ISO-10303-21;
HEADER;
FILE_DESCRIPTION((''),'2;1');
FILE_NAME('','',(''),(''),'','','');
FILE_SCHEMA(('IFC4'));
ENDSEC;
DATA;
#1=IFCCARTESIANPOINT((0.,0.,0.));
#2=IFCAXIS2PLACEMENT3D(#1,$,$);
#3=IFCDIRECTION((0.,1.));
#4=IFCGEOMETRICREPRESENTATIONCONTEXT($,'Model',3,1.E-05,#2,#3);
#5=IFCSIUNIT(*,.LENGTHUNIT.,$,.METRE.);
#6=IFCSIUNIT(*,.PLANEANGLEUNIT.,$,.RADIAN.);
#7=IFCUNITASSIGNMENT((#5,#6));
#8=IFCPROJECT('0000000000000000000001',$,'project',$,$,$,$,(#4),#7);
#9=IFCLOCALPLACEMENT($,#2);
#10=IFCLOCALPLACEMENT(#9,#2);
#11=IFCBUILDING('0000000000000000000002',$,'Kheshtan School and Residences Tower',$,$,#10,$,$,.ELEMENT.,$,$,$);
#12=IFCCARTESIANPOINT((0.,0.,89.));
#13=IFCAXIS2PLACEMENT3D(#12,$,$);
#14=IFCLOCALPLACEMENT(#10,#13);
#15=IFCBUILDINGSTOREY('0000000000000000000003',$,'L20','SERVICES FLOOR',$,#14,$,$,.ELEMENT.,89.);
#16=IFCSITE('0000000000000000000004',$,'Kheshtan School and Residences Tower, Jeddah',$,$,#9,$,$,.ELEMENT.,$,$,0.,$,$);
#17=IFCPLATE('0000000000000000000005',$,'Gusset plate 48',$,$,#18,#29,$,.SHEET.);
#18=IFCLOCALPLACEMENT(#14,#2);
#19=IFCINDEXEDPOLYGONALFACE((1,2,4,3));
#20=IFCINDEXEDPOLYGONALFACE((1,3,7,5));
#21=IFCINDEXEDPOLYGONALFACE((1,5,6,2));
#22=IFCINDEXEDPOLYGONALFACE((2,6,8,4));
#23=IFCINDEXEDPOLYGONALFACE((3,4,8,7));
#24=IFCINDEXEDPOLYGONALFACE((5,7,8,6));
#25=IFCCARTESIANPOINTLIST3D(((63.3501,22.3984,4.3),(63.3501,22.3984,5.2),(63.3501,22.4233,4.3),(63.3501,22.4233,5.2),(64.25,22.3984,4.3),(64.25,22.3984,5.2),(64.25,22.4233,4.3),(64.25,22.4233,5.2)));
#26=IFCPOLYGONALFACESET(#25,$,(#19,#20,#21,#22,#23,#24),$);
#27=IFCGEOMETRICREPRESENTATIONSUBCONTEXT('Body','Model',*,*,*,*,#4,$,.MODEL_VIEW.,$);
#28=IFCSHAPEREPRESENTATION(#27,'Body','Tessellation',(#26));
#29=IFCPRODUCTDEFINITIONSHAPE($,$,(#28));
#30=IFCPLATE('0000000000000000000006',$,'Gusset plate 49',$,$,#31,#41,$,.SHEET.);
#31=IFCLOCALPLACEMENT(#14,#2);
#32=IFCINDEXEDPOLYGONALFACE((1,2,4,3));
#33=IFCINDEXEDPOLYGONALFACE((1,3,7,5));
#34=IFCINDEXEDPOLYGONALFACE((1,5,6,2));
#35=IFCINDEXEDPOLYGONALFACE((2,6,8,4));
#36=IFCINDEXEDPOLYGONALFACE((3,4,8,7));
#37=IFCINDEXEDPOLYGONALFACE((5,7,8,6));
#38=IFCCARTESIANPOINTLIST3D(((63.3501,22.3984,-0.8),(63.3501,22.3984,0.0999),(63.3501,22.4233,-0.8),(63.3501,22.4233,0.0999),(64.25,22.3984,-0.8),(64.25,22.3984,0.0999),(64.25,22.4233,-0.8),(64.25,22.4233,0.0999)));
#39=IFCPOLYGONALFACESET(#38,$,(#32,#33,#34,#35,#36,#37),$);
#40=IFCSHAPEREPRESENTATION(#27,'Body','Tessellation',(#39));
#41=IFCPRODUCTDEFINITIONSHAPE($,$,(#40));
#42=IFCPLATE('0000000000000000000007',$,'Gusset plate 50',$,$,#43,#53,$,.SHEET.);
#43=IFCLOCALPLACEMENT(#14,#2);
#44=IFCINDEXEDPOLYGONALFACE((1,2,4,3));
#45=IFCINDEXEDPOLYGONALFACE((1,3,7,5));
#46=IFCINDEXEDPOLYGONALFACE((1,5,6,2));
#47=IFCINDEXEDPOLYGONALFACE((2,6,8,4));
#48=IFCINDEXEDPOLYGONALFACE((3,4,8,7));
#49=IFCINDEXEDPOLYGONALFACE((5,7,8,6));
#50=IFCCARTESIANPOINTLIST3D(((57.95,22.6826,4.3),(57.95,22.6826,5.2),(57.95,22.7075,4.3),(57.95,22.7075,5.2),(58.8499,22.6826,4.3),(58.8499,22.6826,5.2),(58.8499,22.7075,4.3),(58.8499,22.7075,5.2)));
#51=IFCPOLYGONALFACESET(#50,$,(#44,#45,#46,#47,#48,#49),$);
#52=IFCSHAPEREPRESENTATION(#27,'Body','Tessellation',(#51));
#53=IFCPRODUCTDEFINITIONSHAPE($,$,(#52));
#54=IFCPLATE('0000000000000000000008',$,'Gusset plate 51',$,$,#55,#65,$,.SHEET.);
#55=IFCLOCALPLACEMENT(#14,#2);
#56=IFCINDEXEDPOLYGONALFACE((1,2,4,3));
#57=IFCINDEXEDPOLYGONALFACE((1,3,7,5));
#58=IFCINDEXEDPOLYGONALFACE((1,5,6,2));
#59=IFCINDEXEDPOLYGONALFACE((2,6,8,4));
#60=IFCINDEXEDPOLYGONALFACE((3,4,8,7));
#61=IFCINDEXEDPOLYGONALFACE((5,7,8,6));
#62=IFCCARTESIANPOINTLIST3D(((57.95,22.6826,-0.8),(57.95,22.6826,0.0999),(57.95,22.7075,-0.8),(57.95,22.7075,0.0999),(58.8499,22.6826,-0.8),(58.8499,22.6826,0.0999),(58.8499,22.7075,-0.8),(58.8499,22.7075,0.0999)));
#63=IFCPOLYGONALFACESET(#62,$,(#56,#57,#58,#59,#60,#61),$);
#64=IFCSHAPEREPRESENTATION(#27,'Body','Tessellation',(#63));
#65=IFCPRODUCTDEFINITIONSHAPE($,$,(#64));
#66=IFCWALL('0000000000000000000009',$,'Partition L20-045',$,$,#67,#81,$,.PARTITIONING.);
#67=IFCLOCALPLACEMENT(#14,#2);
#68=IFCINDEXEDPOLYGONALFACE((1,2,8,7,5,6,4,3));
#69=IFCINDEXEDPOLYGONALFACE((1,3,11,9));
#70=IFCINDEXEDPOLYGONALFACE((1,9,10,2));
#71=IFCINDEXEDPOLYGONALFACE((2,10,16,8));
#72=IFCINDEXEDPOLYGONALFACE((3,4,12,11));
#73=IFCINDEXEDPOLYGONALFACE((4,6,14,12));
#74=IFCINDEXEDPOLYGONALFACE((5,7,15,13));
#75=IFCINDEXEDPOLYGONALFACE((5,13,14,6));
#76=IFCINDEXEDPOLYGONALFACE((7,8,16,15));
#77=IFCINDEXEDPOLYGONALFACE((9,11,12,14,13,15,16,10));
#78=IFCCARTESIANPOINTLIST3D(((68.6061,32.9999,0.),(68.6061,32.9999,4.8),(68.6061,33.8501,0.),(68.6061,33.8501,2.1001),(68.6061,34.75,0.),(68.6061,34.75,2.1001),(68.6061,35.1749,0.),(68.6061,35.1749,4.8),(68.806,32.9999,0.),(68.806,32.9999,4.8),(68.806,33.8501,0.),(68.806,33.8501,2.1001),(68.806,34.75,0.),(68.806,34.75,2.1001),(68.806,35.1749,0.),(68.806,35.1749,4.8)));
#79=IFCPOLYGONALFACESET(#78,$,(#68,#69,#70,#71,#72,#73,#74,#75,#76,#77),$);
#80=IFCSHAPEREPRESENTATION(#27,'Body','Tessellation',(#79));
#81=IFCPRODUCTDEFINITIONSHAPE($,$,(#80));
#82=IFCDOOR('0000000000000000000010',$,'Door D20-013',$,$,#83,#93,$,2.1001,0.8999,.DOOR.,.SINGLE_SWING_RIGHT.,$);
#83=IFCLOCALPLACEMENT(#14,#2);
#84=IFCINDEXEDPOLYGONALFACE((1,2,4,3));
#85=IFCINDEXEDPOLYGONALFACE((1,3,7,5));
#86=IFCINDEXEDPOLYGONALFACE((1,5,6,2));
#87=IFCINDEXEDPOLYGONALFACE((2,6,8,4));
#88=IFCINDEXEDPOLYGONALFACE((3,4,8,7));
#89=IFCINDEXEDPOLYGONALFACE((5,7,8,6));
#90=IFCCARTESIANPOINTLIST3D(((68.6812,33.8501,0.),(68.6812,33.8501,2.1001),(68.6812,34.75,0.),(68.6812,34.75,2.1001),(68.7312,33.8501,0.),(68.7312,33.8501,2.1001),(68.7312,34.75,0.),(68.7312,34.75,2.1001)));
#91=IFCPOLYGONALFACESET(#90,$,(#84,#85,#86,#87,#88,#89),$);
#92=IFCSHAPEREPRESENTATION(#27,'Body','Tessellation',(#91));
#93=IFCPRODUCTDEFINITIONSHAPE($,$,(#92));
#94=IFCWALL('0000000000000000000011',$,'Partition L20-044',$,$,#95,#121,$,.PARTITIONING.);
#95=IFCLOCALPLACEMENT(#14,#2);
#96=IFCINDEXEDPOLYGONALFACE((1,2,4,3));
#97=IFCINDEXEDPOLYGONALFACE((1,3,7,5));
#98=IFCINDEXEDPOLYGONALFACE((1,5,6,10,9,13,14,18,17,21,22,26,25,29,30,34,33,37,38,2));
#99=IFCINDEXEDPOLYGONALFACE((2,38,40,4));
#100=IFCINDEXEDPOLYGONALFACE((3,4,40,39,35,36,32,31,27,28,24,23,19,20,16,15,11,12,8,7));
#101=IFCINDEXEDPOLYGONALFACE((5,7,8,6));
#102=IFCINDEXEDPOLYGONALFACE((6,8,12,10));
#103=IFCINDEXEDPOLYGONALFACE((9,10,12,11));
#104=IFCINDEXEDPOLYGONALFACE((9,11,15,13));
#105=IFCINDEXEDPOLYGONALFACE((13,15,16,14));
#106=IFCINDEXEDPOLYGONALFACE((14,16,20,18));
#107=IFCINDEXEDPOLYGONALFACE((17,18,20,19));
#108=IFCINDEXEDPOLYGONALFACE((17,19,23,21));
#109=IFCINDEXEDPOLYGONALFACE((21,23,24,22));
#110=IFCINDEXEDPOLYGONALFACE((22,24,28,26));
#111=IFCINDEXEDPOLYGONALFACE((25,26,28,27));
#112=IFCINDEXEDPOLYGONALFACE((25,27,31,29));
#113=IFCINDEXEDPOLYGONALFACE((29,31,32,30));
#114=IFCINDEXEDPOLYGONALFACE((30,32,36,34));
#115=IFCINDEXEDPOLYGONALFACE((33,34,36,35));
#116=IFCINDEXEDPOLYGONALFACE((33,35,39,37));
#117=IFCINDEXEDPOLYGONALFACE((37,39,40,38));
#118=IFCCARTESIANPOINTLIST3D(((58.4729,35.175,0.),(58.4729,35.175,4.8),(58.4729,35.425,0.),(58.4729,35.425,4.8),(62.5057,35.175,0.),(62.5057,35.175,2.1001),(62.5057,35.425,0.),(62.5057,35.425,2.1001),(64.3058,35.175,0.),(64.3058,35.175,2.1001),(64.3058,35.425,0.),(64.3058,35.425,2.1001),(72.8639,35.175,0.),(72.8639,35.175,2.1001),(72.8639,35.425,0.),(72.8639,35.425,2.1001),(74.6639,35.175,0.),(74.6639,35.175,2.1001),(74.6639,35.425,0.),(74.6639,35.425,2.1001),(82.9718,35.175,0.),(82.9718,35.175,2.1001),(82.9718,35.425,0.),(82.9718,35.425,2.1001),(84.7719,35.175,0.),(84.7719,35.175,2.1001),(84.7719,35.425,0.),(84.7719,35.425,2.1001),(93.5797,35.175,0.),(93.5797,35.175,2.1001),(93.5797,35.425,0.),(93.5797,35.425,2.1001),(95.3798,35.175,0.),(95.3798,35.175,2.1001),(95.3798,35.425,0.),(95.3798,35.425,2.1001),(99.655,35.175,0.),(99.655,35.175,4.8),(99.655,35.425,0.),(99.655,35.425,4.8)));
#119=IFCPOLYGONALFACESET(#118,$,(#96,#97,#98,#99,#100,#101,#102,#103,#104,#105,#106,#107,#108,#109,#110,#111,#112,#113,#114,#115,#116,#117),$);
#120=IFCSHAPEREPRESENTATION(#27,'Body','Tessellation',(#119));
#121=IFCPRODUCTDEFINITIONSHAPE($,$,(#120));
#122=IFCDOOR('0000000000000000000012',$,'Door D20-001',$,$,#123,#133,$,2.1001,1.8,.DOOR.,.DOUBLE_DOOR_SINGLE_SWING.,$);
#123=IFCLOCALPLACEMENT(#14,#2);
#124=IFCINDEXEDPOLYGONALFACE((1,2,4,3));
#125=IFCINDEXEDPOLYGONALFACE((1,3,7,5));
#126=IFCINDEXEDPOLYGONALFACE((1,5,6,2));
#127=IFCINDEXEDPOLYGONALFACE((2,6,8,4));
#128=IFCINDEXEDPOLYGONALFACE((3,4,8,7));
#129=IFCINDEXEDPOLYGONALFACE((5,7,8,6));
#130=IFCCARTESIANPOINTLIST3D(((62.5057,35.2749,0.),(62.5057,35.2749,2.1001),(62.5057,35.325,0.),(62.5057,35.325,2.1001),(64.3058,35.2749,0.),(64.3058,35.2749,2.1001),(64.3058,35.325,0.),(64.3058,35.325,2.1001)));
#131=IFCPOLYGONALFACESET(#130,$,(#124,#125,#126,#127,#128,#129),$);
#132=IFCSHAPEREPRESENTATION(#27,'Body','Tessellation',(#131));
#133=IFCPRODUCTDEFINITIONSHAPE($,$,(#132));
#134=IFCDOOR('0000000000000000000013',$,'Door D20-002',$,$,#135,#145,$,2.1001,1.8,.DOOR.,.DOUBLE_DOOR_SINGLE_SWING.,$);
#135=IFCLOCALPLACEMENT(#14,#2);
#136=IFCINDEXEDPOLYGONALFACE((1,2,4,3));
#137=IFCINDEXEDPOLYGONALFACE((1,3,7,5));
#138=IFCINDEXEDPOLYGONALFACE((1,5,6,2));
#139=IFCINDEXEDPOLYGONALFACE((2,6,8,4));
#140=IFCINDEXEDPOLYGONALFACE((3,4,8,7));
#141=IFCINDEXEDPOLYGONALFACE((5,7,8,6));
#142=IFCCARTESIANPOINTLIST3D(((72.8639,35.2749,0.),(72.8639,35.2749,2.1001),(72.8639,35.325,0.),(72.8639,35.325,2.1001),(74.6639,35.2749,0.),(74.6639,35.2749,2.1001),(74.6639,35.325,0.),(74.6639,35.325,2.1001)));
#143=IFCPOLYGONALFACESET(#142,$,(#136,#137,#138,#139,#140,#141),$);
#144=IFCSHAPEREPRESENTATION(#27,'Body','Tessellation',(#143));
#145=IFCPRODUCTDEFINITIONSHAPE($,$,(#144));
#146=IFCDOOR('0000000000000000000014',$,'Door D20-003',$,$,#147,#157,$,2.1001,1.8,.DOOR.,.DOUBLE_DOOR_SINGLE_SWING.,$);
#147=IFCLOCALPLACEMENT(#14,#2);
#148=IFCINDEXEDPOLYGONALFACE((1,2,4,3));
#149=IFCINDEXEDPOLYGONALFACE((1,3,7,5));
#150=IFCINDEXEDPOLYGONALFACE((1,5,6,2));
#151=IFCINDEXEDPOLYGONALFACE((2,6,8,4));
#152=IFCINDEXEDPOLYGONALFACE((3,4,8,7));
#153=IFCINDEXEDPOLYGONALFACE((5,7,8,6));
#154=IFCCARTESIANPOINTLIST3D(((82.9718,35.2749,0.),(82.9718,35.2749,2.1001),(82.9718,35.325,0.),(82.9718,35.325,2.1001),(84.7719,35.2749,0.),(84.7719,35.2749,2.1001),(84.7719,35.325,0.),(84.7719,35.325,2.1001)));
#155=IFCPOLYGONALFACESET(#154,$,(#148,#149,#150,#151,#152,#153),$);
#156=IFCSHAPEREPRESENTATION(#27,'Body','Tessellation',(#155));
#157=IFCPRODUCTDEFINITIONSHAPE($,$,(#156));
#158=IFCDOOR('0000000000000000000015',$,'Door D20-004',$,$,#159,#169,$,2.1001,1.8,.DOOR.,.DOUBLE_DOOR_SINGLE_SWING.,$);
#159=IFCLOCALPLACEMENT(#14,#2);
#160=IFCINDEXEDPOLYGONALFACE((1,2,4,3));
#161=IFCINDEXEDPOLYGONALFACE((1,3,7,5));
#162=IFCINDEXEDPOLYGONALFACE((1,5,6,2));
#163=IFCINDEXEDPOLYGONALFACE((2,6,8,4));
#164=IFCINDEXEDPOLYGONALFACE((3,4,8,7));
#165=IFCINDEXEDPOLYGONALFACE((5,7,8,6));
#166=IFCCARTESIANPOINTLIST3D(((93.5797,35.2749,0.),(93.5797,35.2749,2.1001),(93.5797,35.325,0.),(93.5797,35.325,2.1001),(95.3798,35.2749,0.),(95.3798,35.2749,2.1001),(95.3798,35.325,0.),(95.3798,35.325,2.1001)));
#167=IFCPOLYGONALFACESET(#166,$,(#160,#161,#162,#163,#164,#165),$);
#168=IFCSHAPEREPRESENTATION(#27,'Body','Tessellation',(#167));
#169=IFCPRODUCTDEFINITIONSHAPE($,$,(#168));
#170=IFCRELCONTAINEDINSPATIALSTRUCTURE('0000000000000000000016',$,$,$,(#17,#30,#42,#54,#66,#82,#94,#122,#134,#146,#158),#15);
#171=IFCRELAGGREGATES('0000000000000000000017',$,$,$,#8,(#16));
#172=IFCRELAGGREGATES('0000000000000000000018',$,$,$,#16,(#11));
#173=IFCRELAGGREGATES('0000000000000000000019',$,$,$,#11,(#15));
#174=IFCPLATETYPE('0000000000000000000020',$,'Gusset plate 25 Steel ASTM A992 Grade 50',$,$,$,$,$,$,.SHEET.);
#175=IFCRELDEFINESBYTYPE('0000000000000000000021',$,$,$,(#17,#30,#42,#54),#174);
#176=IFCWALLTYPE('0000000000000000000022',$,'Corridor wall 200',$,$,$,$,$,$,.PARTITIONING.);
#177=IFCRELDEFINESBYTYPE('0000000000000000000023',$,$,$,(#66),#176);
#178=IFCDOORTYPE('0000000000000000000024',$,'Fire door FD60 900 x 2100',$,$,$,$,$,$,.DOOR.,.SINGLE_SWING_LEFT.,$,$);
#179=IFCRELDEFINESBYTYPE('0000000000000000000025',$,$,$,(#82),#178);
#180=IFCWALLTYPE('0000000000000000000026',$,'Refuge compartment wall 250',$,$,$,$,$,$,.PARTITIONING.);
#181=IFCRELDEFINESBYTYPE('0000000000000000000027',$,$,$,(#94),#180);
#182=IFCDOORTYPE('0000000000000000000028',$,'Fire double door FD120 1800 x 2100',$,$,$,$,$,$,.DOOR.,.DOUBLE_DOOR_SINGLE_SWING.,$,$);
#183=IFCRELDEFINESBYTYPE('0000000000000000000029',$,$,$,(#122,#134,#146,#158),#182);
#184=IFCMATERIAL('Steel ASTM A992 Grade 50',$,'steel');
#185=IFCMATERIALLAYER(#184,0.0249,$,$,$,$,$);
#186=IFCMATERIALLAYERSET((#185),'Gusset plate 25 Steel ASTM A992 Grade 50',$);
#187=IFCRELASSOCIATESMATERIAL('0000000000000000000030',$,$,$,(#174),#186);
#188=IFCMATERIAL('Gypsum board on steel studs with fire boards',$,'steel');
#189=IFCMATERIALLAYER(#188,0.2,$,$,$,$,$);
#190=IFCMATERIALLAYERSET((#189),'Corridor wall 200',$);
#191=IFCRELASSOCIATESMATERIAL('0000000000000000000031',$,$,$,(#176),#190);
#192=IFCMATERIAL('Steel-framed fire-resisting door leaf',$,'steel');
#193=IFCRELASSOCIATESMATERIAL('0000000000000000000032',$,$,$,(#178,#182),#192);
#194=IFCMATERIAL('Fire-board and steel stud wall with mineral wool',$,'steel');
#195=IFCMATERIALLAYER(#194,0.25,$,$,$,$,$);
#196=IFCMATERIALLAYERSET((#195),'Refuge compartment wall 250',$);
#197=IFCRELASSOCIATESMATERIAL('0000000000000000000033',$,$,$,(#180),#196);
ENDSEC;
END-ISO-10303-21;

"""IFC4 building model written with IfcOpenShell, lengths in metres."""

from ifc_helpers import new_model, si_unit, direction, frame, frame_2d, origin, origin_2d, place, context, subcontext, project, spatial, rectangle, extrude, source, transform, mapped, material, layer, layer_set, type_object, element, fill, save


model = new_model("IFC4")

# Units and contexts
model_context = context("Model", 3, precision=1e-05, world=origin(), true_north=direction((0.0, 1.0)))
body_context = subcontext(model_context, "Body", "Model", "MODEL_VIEW")
ifc_project = project(units=[si_unit("LENGTHUNIT", "METRE"), si_unit("PLANEANGLEUNIT", "RADIAN")], contexts=[model_context])

# Site, building, storey
site_placement = place(None, origin())
site = spatial("IfcSite", under=ifc_project, at=site_placement, Name="Kheshtan School and Residences Tower, Jeddah", CompositionType="ELEMENT", RefElevation=0.0)
building_placement = place(site_placement, origin())
building = spatial("IfcBuilding", under=site, at=building_placement, Name="Kheshtan School and Residences Tower", CompositionType="ELEMENT")
storey_placement = place(building_placement, frame((0.0, 0.0, 89.0)))
storey = spatial("IfcBuildingStorey", under=building, at=storey_placement, Name="L20", Description="SERVICES FLOOR", CompositionType="ELEMENT", Elevation=89.0)

# Shared definitions
ifc_material_1 = material(Name="Steel ASTM A992 Grade 50", Category="steel")

# Plates
ifc_layer_1 = layer(ifc_material_1, 0.0249)
ifc_layer_set_1 = layer_set([ifc_layer_1], Name="Gusset plate 25 Steel ASTM A992 Grade 50")
plate_type = type_object("IfcPlateType", Name="Gusset plate 25 Steel ASTM A992 Grade 50", PredefinedType="SHEET", material=ifc_layer_set_1)
for number, where, z_axis, x_axis, name in (
    (1, (63.8, 22.4109, 4.3), (0.0, 0.0, 1.0), (1.0, 0.0, 0.0), "Gusset plate 48"),
    (2, (63.8, 22.4109, -0.8), (0.0, 0.0, 1.0), (1.0, 0.0, 0.0), "Gusset plate 49"),
    (3, (58.3999, 22.6951, 4.3), (0.0, 0.0, 1.0), (1.0, 0.0, 0.0), "Gusset plate 50"),
    (4, (58.3999, 22.6951, -0.8), (0.0, 0.0, 1.0), (1.0, 0.0, 0.0), "Gusset plate 51"),
):
    element("IfcPlate", number, at=place(storey_placement, frame(where, z_axis=z_axis, x_axis=x_axis)), inside=storey, type_object=plate_type, Name=name, PredefinedType="SHEET", context=body_context, shape_type="SweptSolid", body=[
        extrude(rectangle(XDim=0.8999, YDim=0.0249, at=origin_2d()), origin(), (0.0, 0.0, 1.0), 0.8999),
    ])

# Wall, opening, door
ifc_material_2 = material(Name="Gypsum board on steel studs with fire boards", Category="steel")
ifc_layer_2 = layer(ifc_material_2, 0.2)
ifc_layer_set_2 = layer_set([ifc_layer_2], Name="Corridor wall 200")
wall_type_1 = type_object("IfcWallType", Name="Corridor wall 200", PredefinedType="PARTITIONING", material=ifc_layer_set_2)
wall_1_placement = place(storey_placement, frame((68.7061, 33.0, 0.0), z_axis=(0.0, 0.0, 1.0), x_axis=(0.0, 1.0, 0.0)))
wall_1 = element("IfcWall", 5, at=wall_1_placement, inside=storey, type_object=wall_type_1, Name="Partition L20-045", PredefinedType="PARTITIONING", context=body_context, shape_type="SweptSolid", body=[
    extrude(rectangle(XDim=2.175, YDim=0.2, at=frame_2d((1.0874, 0.0))), origin(), (0.0, 0.0, 1.0), 4.8),
])
opening_1_placement = place(wall_1_placement, frame((0.8501, 0.0, 0.0)))
opening_1 = element("IfcOpeningElement", 6, at=opening_1_placement, cuts=wall_1, PredefinedType="OPENING", context=body_context, shape_type="SweptSolid", body=[
    extrude(rectangle(XDim=0.8999, YDim=2.1001, at=frame_2d((0.45, 1.05))), frame((0.0, 0.1099, 0.0), z_axis=(0.0, -1.0, 0.0), x_axis=(1.0, 0.0, 0.0)), (0.0, 0.0, 1.0), 0.22),
])
ifc_material_3 = material(Name="Steel-framed fire-resisting door leaf", Category="steel")
door_type_1 = type_object("IfcDoorType", Name="Fire door FD60 900 x 2100", OperationType="SINGLE_SWING_LEFT", PredefinedType="DOOR", material=ifc_material_3)
shared_shape_1 = source(origin(), body_context, "Body", "SweptSolid", [
    extrude(rectangle(XDim=0.8999, YDim=2.1001, at=frame_2d((0.45, 1.05))), frame((0.0, 0.0249, 0.0), z_axis=(0.0, -1.0, 0.0), x_axis=(1.0, 0.0, 0.0)), (0.0, 0.0, 1.0), 0.05),
])
door_1_placement = place(opening_1_placement, origin())
door_1 = element("IfcDoor", 7, at=door_1_placement, inside=storey, type_object=door_type_1, Name="Door D20-013", OperationType="SINGLE_SWING_RIGHT", OverallHeight=2.1001, OverallWidth=0.8999, PredefinedType="DOOR", context=body_context, shape_type="MappedRepresentation", body=[
    mapped(shared_shape_1, transform((0.0, 0.0, 0.0), x_axis=(1.0, 0.0, 0.0), y_axis=(0.0, 1.0, 0.0), z_axis=(0.0, 0.0, 1.0), scale=1.0)),
])
fill(opening_1, door_1)

# Wall, openings, doors
ifc_material_4 = material(Name="Fire-board and steel stud wall with mineral wool", Category="steel")
ifc_layer_3 = layer(ifc_material_4, 0.25)
ifc_layer_set_3 = layer_set([ifc_layer_3], Name="Refuge compartment wall 250")
wall_type_2 = type_object("IfcWallType", Name="Refuge compartment wall 250", PredefinedType="PARTITIONING", material=ifc_layer_set_3)
wall_2_placement = place(storey_placement, frame((58.4729, 35.3, 0.0), z_axis=(0.0, 0.0, 1.0), x_axis=(1.0, 0.0, 0.0)))
wall_2 = element("IfcWall", 8, at=wall_2_placement, inside=storey, type_object=wall_type_2, Name="Partition L20-044", PredefinedType="PARTITIONING", context=body_context, shape_type="SweptSolid", body=[
    extrude(rectangle(XDim=41.1821, YDim=0.25, at=frame_2d((20.5911, 0.0))), origin(), (0.0, 0.0, 1.0), 4.8),
])
opening_2_placement = place(wall_2_placement, frame((4.033, 0.0, 0.0)))
opening_2 = element("IfcOpeningElement", 9, at=opening_2_placement, cuts=wall_2, PredefinedType="OPENING", context=body_context, shape_type="SweptSolid", body=[
    extrude(rectangle(XDim=1.8, YDim=2.1001, at=frame_2d((0.8999, 1.05))), frame((0.0, 0.135, 0.0), z_axis=(0.0, -1.0, 0.0), x_axis=(1.0, 0.0, 0.0)), (0.0, 0.0, 1.0), 0.27),
])
opening_3_placement = place(wall_2_placement, frame((14.3911, 0.0, 0.0)))
opening_3 = element("IfcOpeningElement", 10, at=opening_3_placement, cuts=wall_2, PredefinedType="OPENING", context=body_context, shape_type="SweptSolid", body=[
    extrude(rectangle(XDim=1.8, YDim=2.1001, at=frame_2d((0.8999, 1.05))), frame((0.0, 0.135, 0.0), z_axis=(0.0, -1.0, 0.0), x_axis=(1.0, 0.0, 0.0)), (0.0, 0.0, 1.0), 0.27),
])
opening_4_placement = place(wall_2_placement, frame((24.499, 0.0, 0.0)))
opening_4 = element("IfcOpeningElement", 11, at=opening_4_placement, cuts=wall_2, PredefinedType="OPENING", context=body_context, shape_type="SweptSolid", body=[
    extrude(rectangle(XDim=1.8, YDim=2.1001, at=frame_2d((0.8999, 1.05))), frame((0.0, 0.135, 0.0), z_axis=(0.0, -1.0, 0.0), x_axis=(1.0, 0.0, 0.0)), (0.0, 0.0, 1.0), 0.27),
])
opening_5_placement = place(wall_2_placement, frame((35.1069, 0.0, 0.0)))
opening_5 = element("IfcOpeningElement", 12, at=opening_5_placement, cuts=wall_2, PredefinedType="OPENING", context=body_context, shape_type="SweptSolid", body=[
    extrude(rectangle(XDim=1.8, YDim=2.1001, at=frame_2d((0.8999, 1.05))), frame((0.0, 0.135, 0.0), z_axis=(0.0, -1.0, 0.0), x_axis=(1.0, 0.0, 0.0)), (0.0, 0.0, 1.0), 0.27),
])
door_type_2 = type_object("IfcDoorType", Name="Fire double door FD120 1800 x 2100", OperationType="DOUBLE_DOOR_SINGLE_SWING", PredefinedType="DOOR", material=ifc_material_3)
shared_shape_2 = source(origin(), body_context, "Body", "SweptSolid", [
    extrude(rectangle(XDim=1.8, YDim=2.1001, at=frame_2d((0.8999, 1.05))), frame((0.0, 0.0249, 0.0), z_axis=(0.0, -1.0, 0.0), x_axis=(1.0, 0.0, 0.0)), (0.0, 0.0, 1.0), 0.05),
])
door_2_placement = place(opening_2_placement, origin())
door_2 = element("IfcDoor", 13, at=door_2_placement, inside=storey, type_object=door_type_2, Name="Door D20-001", OperationType="DOUBLE_DOOR_SINGLE_SWING", OverallHeight=2.1001, OverallWidth=1.8, PredefinedType="DOOR", context=body_context, shape_type="MappedRepresentation", body=[
    mapped(shared_shape_2, transform((0.0, 0.0, 0.0), x_axis=(1.0, 0.0, 0.0), y_axis=(0.0, 1.0, 0.0), z_axis=(0.0, 0.0, 1.0), scale=1.0)),
])
fill(opening_2, door_2)
door_3_placement = place(opening_3_placement, origin())
door_3 = element("IfcDoor", 14, at=door_3_placement, inside=storey, type_object=door_type_2, Name="Door D20-002", OperationType="DOUBLE_DOOR_SINGLE_SWING", OverallHeight=2.1001, OverallWidth=1.8, PredefinedType="DOOR", context=body_context, shape_type="MappedRepresentation", body=[
    mapped(shared_shape_2, transform((0.0, 0.0, 0.0), x_axis=(1.0, 0.0, 0.0), y_axis=(0.0, 1.0, 0.0), z_axis=(0.0, 0.0, 1.0), scale=1.0)),
])
fill(opening_3, door_3)
door_4_placement = place(opening_4_placement, origin())
door_4 = element("IfcDoor", 15, at=door_4_placement, inside=storey, type_object=door_type_2, Name="Door D20-003", OperationType="DOUBLE_DOOR_SINGLE_SWING", OverallHeight=2.1001, OverallWidth=1.8, PredefinedType="DOOR", context=body_context, shape_type="MappedRepresentation", body=[
    mapped(shared_shape_2, transform((0.0, 0.0, 0.0), x_axis=(1.0, 0.0, 0.0), y_axis=(0.0, 1.0, 0.0), z_axis=(0.0, 0.0, 1.0), scale=1.0)),
])
fill(opening_4, door_4)
door_5_placement = place(opening_5_placement, origin())
door_5 = element("IfcDoor", 16, at=door_5_placement, inside=storey, type_object=door_type_2, Name="Door D20-004", OperationType="DOUBLE_DOOR_SINGLE_SWING", OverallHeight=2.1001, OverallWidth=1.8, PredefinedType="DOOR", context=body_context, shape_type="MappedRepresentation", body=[
    mapped(shared_shape_2, transform((0.0, 0.0, 0.0), x_axis=(1.0, 0.0, 0.0), y_axis=(0.0, 1.0, 0.0), z_axis=(0.0, 0.0, 1.0), scale=1.0)),
])
fill(opening_5, door_5)

save(model, "model.ifc")
